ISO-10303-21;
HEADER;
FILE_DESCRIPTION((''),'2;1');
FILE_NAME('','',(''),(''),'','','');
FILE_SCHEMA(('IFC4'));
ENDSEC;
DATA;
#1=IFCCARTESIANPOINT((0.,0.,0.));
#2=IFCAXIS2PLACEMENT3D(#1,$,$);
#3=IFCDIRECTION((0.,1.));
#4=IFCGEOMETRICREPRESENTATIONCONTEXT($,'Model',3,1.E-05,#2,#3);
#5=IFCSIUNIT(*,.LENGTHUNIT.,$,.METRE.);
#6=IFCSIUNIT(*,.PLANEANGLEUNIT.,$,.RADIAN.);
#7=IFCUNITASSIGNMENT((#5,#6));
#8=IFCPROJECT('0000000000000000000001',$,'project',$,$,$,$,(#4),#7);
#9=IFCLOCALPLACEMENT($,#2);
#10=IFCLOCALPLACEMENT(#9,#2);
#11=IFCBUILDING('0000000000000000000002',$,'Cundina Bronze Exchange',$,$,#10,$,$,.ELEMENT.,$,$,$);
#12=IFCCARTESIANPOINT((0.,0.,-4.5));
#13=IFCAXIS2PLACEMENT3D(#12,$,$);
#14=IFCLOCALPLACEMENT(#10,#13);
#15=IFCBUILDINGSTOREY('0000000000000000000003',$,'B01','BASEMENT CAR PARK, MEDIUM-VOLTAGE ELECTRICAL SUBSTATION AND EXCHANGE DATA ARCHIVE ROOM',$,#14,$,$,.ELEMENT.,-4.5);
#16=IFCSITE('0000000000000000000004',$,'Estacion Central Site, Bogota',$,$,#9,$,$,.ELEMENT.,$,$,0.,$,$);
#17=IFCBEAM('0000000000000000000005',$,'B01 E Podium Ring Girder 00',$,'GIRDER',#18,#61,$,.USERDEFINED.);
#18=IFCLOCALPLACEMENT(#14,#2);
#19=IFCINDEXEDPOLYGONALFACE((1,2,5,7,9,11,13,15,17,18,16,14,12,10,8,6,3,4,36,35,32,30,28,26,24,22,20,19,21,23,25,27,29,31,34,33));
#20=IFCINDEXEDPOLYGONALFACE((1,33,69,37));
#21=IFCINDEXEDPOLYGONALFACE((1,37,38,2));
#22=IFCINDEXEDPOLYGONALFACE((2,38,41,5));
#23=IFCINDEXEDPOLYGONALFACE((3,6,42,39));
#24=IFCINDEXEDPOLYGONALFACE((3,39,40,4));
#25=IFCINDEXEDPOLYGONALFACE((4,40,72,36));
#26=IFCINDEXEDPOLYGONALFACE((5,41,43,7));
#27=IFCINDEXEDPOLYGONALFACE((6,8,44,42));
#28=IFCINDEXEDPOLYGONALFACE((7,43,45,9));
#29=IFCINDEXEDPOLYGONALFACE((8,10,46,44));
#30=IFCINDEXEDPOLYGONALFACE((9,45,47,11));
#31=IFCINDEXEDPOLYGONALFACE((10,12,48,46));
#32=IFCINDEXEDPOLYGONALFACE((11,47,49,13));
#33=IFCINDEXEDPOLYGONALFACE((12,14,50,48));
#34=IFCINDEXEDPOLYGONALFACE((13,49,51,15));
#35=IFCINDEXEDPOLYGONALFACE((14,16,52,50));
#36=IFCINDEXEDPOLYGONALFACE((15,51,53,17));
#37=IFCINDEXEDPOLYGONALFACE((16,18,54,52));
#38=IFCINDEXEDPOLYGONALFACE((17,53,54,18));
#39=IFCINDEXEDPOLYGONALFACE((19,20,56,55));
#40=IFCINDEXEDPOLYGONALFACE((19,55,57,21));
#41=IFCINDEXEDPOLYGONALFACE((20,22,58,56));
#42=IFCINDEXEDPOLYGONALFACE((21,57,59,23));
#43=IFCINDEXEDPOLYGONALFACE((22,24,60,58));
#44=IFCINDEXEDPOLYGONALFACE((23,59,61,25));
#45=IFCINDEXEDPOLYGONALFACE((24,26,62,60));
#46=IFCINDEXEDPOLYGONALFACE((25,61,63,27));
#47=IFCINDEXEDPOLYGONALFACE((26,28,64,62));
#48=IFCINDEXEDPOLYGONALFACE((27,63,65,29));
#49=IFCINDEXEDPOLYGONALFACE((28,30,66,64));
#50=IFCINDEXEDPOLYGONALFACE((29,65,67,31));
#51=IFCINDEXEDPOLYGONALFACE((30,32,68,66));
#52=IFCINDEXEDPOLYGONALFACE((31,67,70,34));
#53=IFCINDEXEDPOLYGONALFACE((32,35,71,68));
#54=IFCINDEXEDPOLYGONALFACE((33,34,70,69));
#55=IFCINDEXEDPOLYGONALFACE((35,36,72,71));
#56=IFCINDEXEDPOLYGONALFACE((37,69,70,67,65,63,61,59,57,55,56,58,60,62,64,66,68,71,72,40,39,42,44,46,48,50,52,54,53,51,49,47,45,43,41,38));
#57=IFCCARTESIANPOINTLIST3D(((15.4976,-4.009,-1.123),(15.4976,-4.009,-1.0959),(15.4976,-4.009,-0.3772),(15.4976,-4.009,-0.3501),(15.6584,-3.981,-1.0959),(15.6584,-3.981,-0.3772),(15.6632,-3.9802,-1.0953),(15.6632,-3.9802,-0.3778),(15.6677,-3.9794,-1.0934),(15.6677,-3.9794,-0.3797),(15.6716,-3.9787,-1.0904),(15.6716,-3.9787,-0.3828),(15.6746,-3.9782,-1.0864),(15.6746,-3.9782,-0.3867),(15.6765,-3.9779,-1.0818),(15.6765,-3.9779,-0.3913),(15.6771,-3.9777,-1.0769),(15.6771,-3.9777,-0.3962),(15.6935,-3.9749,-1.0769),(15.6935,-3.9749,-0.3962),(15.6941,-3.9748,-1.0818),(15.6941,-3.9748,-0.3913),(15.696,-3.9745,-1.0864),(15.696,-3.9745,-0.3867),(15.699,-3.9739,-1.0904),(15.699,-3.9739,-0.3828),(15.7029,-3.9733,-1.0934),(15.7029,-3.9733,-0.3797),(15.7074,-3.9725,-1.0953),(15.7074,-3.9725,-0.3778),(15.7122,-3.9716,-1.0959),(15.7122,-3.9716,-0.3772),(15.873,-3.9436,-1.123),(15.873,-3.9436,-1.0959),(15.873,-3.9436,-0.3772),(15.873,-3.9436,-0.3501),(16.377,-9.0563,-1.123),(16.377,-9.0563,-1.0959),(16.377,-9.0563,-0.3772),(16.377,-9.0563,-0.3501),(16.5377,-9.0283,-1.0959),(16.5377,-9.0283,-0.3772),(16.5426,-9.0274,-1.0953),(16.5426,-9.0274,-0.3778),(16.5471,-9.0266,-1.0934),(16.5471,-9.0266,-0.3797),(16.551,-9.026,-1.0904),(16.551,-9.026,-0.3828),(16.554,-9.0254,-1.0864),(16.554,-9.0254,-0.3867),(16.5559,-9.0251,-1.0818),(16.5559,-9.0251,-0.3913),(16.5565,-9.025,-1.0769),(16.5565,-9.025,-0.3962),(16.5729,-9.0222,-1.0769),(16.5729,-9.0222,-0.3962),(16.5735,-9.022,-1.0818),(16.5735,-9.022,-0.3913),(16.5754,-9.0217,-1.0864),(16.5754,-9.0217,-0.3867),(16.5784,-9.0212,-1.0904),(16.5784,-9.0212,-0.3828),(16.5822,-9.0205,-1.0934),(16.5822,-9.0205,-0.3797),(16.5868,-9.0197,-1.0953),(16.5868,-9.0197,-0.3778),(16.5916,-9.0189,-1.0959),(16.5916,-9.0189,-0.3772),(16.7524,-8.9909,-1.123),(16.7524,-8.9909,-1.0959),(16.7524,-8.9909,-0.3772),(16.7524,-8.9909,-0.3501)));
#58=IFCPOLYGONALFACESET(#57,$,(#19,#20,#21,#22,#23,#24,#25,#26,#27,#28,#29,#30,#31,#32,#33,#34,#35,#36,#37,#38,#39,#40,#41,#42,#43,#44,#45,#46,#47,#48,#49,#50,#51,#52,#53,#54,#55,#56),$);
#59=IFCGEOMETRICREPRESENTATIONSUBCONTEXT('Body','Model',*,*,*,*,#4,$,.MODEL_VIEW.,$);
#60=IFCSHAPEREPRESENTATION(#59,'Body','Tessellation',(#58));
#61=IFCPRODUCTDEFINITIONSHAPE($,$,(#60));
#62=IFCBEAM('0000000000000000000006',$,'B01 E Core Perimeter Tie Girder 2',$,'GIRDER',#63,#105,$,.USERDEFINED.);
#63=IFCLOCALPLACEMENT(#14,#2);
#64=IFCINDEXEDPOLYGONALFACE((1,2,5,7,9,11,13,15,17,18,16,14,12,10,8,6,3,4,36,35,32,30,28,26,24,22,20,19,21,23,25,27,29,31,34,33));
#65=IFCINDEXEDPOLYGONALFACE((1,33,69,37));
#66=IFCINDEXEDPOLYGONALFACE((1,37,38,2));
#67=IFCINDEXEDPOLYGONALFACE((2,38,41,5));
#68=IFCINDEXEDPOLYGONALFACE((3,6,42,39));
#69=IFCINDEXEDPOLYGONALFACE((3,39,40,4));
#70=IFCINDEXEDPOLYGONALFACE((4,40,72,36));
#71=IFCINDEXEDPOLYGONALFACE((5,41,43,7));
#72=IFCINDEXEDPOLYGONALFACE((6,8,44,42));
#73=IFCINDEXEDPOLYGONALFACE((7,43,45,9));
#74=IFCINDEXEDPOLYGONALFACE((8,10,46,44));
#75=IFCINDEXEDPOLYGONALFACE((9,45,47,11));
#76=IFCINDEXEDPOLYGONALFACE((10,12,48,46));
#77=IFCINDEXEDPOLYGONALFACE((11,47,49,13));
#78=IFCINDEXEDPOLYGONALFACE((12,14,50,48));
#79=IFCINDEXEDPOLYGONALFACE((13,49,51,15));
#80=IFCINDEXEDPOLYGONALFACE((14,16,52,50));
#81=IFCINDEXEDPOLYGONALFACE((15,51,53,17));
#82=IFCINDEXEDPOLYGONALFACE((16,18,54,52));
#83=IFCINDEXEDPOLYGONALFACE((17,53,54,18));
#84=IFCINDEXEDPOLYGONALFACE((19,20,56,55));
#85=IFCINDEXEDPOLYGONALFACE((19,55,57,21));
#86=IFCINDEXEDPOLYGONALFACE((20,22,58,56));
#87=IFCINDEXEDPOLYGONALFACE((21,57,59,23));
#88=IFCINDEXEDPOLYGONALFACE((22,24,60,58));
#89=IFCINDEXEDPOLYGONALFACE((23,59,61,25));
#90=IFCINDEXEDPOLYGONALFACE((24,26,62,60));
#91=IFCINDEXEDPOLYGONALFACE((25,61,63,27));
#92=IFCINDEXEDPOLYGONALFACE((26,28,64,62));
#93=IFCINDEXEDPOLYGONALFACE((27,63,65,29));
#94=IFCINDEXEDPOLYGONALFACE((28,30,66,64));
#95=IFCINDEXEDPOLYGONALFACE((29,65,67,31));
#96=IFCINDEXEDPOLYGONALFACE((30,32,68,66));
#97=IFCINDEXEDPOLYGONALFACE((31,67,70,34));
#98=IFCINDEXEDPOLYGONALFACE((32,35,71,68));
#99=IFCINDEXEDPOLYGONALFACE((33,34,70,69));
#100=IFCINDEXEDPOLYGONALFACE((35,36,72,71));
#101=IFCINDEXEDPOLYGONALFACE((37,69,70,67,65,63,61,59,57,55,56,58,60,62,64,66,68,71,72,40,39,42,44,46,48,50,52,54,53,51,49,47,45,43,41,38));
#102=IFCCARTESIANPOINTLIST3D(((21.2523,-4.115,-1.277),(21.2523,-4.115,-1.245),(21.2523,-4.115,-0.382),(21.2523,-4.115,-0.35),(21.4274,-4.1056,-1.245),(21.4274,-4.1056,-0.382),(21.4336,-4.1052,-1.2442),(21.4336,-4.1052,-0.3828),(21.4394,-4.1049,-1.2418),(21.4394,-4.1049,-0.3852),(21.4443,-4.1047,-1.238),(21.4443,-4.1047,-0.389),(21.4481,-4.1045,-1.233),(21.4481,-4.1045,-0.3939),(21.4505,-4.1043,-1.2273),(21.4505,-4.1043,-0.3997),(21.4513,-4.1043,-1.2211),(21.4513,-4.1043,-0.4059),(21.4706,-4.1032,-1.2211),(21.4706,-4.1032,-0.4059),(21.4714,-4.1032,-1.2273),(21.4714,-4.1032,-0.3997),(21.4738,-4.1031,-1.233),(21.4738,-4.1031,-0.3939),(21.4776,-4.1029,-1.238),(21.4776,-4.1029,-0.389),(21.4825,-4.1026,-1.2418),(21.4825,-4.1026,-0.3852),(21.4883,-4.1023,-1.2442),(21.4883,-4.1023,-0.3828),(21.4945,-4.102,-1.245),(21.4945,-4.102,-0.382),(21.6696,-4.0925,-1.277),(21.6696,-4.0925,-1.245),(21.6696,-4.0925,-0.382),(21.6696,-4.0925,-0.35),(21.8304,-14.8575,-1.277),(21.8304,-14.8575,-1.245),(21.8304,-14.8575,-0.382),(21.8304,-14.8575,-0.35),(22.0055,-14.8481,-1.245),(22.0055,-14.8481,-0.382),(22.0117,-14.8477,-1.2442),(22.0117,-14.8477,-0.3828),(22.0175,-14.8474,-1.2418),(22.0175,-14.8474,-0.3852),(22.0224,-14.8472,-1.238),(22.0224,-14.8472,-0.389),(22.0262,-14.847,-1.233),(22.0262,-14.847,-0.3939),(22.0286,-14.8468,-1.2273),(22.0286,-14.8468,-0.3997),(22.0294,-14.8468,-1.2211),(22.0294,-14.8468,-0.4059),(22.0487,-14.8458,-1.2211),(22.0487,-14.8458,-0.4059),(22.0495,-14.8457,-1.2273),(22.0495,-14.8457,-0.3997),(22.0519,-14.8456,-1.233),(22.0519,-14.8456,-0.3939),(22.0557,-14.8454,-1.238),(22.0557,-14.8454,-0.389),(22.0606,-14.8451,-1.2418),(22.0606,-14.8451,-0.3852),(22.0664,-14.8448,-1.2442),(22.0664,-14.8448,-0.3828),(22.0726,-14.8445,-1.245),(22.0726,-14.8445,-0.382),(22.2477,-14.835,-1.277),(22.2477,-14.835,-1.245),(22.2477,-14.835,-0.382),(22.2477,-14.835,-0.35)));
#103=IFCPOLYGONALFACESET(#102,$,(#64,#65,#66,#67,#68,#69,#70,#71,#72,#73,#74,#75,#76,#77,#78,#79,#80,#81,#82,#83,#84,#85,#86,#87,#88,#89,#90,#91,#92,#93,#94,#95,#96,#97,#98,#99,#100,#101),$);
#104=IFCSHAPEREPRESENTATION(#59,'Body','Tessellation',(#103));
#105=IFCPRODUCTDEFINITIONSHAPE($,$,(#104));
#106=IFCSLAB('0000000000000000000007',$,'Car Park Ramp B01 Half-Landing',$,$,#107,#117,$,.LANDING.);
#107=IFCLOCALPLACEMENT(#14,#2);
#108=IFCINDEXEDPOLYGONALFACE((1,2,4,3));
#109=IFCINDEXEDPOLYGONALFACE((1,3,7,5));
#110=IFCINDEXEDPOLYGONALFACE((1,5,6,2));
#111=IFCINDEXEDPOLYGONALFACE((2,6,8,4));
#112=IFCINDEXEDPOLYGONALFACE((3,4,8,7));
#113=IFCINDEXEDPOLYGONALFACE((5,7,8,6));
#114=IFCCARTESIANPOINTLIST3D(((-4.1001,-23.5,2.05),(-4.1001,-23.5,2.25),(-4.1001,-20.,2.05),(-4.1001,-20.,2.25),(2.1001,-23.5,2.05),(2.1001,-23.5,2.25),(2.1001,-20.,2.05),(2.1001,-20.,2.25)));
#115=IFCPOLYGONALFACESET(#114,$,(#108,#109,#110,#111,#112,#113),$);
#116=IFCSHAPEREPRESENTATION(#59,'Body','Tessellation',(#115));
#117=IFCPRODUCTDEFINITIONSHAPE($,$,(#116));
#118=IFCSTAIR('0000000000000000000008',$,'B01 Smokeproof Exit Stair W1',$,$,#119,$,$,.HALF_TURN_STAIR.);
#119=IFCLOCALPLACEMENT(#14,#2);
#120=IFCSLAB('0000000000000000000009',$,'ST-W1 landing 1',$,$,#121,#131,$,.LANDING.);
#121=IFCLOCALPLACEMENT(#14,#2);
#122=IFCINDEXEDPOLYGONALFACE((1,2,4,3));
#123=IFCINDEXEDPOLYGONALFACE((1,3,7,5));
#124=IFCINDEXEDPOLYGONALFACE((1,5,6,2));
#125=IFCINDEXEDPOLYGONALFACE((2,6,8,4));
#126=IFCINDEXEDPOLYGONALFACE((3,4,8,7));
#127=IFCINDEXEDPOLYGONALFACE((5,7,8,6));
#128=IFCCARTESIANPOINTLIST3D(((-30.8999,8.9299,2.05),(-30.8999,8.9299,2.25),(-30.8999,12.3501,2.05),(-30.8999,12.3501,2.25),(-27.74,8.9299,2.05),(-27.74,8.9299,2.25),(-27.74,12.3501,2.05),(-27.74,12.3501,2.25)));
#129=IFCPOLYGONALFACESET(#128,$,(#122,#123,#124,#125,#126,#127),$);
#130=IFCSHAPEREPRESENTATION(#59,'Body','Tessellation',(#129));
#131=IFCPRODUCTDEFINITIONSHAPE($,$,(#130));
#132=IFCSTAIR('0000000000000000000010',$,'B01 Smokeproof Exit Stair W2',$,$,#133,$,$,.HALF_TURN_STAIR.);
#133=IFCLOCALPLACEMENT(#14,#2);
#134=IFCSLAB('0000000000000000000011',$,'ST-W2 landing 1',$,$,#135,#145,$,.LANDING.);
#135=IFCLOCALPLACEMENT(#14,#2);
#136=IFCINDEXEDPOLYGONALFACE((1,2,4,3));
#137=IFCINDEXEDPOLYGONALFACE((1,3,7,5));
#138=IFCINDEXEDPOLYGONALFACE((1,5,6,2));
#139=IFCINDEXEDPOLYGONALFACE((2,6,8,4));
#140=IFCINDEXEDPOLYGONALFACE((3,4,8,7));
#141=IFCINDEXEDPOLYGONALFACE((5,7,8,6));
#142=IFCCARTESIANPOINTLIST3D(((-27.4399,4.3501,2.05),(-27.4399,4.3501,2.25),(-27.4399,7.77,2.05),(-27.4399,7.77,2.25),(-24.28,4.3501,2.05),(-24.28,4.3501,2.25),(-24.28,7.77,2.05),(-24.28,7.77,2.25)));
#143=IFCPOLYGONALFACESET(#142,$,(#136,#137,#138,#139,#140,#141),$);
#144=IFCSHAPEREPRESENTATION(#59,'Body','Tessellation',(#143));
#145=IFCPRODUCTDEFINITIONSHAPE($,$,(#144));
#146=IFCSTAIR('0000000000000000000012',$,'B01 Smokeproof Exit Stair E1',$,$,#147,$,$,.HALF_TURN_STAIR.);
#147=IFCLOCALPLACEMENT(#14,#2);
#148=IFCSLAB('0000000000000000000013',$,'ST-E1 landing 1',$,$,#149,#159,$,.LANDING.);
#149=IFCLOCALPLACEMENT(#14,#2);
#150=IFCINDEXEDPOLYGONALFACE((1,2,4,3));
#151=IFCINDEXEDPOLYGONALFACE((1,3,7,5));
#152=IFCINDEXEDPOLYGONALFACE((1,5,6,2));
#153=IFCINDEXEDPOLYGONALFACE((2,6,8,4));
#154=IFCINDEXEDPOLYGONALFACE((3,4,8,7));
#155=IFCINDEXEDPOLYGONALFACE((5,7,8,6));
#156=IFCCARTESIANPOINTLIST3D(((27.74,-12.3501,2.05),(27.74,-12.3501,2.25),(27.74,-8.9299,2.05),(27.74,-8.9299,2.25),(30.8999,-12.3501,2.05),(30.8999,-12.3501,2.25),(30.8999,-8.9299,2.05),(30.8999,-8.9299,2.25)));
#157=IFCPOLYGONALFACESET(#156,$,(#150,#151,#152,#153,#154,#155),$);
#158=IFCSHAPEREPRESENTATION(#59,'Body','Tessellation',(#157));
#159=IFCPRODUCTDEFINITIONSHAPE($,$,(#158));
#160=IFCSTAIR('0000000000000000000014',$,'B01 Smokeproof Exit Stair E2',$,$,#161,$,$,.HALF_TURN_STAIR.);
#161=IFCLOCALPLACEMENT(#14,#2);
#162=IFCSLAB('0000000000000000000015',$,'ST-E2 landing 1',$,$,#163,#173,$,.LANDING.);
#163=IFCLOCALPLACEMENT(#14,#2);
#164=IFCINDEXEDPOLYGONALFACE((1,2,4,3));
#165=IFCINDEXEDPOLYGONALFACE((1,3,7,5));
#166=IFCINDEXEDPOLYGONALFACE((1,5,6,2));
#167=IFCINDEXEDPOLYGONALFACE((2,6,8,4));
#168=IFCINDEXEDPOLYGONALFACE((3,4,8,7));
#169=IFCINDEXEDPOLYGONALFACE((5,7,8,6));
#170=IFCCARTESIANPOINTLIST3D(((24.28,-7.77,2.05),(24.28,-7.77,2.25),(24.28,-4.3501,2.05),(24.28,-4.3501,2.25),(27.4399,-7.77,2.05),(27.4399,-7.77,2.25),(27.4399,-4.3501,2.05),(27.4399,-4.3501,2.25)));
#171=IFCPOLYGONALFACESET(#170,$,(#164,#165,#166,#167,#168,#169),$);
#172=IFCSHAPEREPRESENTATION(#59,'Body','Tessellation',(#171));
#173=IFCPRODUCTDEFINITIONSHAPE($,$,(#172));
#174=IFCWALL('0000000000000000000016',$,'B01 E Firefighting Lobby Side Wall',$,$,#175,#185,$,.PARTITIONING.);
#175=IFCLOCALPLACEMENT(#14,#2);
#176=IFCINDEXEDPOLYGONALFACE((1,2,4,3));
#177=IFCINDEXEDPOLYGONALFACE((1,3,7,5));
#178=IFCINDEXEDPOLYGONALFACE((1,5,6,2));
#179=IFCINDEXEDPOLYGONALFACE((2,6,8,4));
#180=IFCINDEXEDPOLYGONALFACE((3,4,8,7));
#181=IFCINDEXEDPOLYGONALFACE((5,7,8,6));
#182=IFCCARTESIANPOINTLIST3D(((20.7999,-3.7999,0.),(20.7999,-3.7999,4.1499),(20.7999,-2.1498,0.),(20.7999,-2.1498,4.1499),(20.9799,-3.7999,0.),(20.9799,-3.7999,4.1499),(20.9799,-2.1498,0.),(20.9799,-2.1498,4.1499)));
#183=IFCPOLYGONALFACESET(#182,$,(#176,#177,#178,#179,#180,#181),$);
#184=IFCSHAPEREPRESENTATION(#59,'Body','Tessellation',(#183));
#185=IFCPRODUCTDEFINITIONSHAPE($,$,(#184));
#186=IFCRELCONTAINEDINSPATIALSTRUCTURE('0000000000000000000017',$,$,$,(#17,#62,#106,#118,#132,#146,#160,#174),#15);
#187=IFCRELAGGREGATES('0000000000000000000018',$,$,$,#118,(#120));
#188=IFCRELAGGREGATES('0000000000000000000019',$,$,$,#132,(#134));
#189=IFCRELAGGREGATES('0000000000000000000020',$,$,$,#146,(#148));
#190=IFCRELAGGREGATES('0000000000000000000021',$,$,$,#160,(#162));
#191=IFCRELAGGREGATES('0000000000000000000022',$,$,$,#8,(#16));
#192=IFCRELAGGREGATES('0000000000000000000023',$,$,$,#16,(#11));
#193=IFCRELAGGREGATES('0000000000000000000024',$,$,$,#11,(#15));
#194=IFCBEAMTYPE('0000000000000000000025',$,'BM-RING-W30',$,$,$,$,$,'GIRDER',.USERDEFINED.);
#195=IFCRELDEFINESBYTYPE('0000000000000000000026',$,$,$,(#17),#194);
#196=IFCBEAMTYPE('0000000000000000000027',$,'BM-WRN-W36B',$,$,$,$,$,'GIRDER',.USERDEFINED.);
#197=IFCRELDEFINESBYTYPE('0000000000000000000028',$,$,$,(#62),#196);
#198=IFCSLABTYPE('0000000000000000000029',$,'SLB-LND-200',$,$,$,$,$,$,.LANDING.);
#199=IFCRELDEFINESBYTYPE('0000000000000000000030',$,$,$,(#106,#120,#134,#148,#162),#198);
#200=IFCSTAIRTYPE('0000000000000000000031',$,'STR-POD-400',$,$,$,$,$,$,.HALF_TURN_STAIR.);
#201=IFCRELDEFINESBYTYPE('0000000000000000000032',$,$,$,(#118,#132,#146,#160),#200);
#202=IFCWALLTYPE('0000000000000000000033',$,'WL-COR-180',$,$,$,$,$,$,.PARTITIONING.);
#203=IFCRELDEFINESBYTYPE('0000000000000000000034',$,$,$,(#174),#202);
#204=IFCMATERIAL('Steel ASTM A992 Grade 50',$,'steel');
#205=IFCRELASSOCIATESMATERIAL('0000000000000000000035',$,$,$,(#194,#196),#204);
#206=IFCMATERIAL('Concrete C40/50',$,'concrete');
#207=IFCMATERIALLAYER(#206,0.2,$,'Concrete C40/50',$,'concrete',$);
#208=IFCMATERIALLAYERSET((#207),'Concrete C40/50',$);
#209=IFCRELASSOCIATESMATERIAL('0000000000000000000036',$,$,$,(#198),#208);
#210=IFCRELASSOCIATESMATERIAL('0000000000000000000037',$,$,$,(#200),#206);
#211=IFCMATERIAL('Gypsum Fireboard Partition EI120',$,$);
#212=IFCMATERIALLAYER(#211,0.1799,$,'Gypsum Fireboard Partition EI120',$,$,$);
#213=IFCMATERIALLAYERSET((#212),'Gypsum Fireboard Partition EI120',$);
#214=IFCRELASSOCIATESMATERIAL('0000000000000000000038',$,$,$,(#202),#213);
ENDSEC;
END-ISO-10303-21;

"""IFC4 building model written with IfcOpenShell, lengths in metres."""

from ifc_helpers import new_model, si_unit, direction, frame, frame_2d, origin, origin_2d, place, context, subcontext, project, spatial, polyline, rectangle, i_section, outline, extrude, material, layer, layer_set, material_profile, profile_set, type_object, element, aggregate, save


model = new_model("IFC4")

# Units and contexts
model_context = context("Model", 3, precision=1e-05, world=origin(), true_north=direction((0.0, 1.0)))
body_context = subcontext(model_context, "Body", "Model", "MODEL_VIEW")
ifc_project = project(units=[si_unit("LENGTHUNIT", "METRE"), si_unit("PLANEANGLEUNIT", "RADIAN")], contexts=[model_context])

# Site, building, storey
site_placement = place(None, origin())
site = spatial("IfcSite", under=ifc_project, at=site_placement, Name="Estacion Central Site, Bogota", CompositionType="ELEMENT", RefElevation=0.0)
building_placement = place(site_placement, origin())
building = spatial("IfcBuilding", under=site, at=building_placement, Name="Cundina Bronze Exchange", CompositionType="ELEMENT")
storey_placement = place(building_placement, frame((0.0, 0.0, -4.5)))
storey = spatial("IfcBuildingStorey", under=building, at=storey_placement, Name="B01", Description="BASEMENT CAR PARK, MEDIUM-VOLTAGE ELECTRICAL SUBSTATION AND EXCHANGE DATA ARCHIVE ROOM", CompositionType="ELEMENT", Elevation=-4.5)

# Shared definitions
ifc_material_1 = material(Name="Steel ASTM A992 Grade 50", Category="steel")

# Beams
ifc_material_profile_1 = material_profile(ifc_material_1, i_section(OverallWidth=0.3811, OverallDepth=0.7729, WebThickness=0.0166, FlangeThickness=0.0271, FilletRadius=0.019, at=origin_2d()), Name="W30X173", Category="steel")
ifc_profile_set_1 = profile_set([ifc_material_profile_1], Name="Steel ASTM A992 Grade 50")
beam_type_1 = type_object("IfcBeamType", Name="BM-RING-W30", ElementType="GIRDER", PredefinedType="USERDEFINED", material=ifc_profile_set_1)
beam_1_placement = place(storey_placement, frame((15.6853, -3.9763, -0.7366), z_axis=(0.171643, -0.985159, 0.0), x_axis=(0.985159, 0.171643, 0.0)))
element("IfcBeam", 1, at=beam_1_placement, inside=storey, type_object=beam_type_1, Name="B01 E Podium Ring Girder 00", ObjectType="GIRDER", PredefinedType="USERDEFINED", context=body_context, shape_type="SweptSolid", body=[
    extrude(i_section(OverallWidth=0.3811, OverallDepth=0.7729, WebThickness=0.0166, FlangeThickness=0.0271, FilletRadius=0.019, at=origin_2d()), origin(), (0.0, 0.0, 1.0), 5.1233),
])
ifc_material_profile_2 = material_profile(ifc_material_1, i_section(OverallWidth=0.418, OverallDepth=0.927, WebThickness=0.0193, FlangeThickness=0.032, FilletRadius=0.0239, at=origin_2d()), Name="W36X231", Category="steel")
ifc_profile_set_2 = profile_set([ifc_material_profile_2], Name="Steel ASTM A992 Grade 50")
beam_type_2 = type_object("IfcBeamType", Name="BM-WRN-W36B", ElementType="GIRDER", PredefinedType="USERDEFINED", material=ifc_profile_set_2)
beam_2_placement = place(storey_placement, frame((21.4609, -4.1038, -0.8135), z_axis=(0.053739, -0.998555, 0.0), x_axis=(0.998555, 0.053739, 0.0)))
element("IfcBeam", 2, at=beam_2_placement, inside=storey, type_object=beam_type_2, Name="B01 E Core Perimeter Tie Girder 2", ObjectType="GIRDER", PredefinedType="USERDEFINED", context=body_context, shape_type="SweptSolid", body=[
    extrude(i_section(OverallWidth=0.418, OverallDepth=0.927, WebThickness=0.0193, FlangeThickness=0.032, FilletRadius=0.0239, at=origin_2d()), origin(), (0.0, 0.0, 1.0), 10.7581),
])

# Slab
ifc_material_2 = material(Name="Concrete C40/50", Category="concrete")
ifc_layer_1 = layer(ifc_material_2, 0.2, Name="Concrete C40/50", Category="concrete")
ifc_layer_set_1 = layer_set([ifc_layer_1], Name="Concrete C40/50")
slab_type = type_object("IfcSlabType", Name="SLB-LND-200", PredefinedType="LANDING", material=ifc_layer_set_1)
slab_1_placement = place(storey_placement, frame((0.0, 0.0, 2.05)))
element("IfcSlab", 3, at=slab_1_placement, inside=storey, type_object=slab_type, Name="Car Park Ramp B01 Half-Landing", PredefinedType="LANDING", context=body_context, shape_type="SweptSolid", body=[
    extrude(outline(polyline([(-4.1001, -23.5), (2.1001, -23.5), (2.1001, -20.0), (-4.1001, -20.0), (-4.1001, -23.5)])), origin(), (0.0, 0.0, 1.0), 0.2),
])

# Stairs, slabs
stair_type = type_object("IfcStairType", Name="STR-POD-400", PredefinedType="HALF_TURN_STAIR", material=ifc_material_2)
stair_1_placement = place(storey_placement, origin())
stair_1 = element("IfcStair", 4, at=stair_1_placement, inside=storey, type_object=stair_type, Name="B01 Smokeproof Exit Stair W1", PredefinedType="HALF_TURN_STAIR")
slab_2_placement = place(storey_placement, frame((0.0, 0.0, 2.05)))
slab_2 = element("IfcSlab", 5, at=slab_2_placement, type_object=slab_type, Name="ST-W1 landing 1", PredefinedType="LANDING", context=body_context, shape_type="SweptSolid", body=[
    extrude(outline(polyline([(-27.74, 8.9299), (-27.74, 12.3501), (-30.8999, 12.3501), (-30.8999, 8.9299), (-27.74, 8.9299)])), origin(), (0.0, 0.0, 1.0), 0.2),
])
aggregate(stair_1, [slab_2])
stair_2_placement = place(storey_placement, origin())
stair_2 = element("IfcStair", 6, at=stair_2_placement, inside=storey, type_object=stair_type, Name="B01 Smokeproof Exit Stair W2", PredefinedType="HALF_TURN_STAIR")
slab_3_placement = place(storey_placement, frame((0.0, 0.0, 2.05)))
slab_3 = element("IfcSlab", 7, at=slab_3_placement, type_object=slab_type, Name="ST-W2 landing 1", PredefinedType="LANDING", context=body_context, shape_type="SweptSolid", body=[
    extrude(outline(polyline([(-27.4399, 7.77), (-27.4399, 4.3501), (-24.28, 4.3501), (-24.28, 7.77), (-27.4399, 7.77)])), origin(), (0.0, 0.0, 1.0), 0.2),
])
aggregate(stair_2, [slab_3])
stair_3_placement = place(storey_placement, origin())
stair_3 = element("IfcStair", 8, at=stair_3_placement, inside=storey, type_object=stair_type, Name="B01 Smokeproof Exit Stair E1", PredefinedType="HALF_TURN_STAIR")
slab_4_placement = place(storey_placement, frame((0.0, 0.0, 2.05)))
slab_4 = element("IfcSlab", 9, at=slab_4_placement, type_object=slab_type, Name="ST-E1 landing 1", PredefinedType="LANDING", context=body_context, shape_type="SweptSolid", body=[
    extrude(outline(polyline([(27.74, -8.9299), (27.74, -12.3501), (30.8999, -12.3501), (30.8999, -8.9299), (27.74, -8.9299)])), origin(), (0.0, 0.0, 1.0), 0.2),
])
aggregate(stair_3, [slab_4])
stair_4_placement = place(storey_placement, origin())
stair_4 = element("IfcStair", 10, at=stair_4_placement, inside=storey, type_object=stair_type, Name="B01 Smokeproof Exit Stair E2", PredefinedType="HALF_TURN_STAIR")
slab_5_placement = place(storey_placement, frame((0.0, 0.0, 2.05)))
slab_5 = element("IfcSlab", 11, at=slab_5_placement, type_object=slab_type, Name="ST-E2 landing 1", PredefinedType="LANDING", context=body_context, shape_type="SweptSolid", body=[
    extrude(outline(polyline([(27.4399, -7.77), (27.4399, -4.3501), (24.28, -4.3501), (24.28, -7.77), (27.4399, -7.77)])), origin(), (0.0, 0.0, 1.0), 0.2),
])
aggregate(stair_4, [slab_5])

# Wall
ifc_material_3 = material(Name="Gypsum Fireboard Partition EI120")
ifc_layer_2 = layer(ifc_material_3, 0.1799, Name="Gypsum Fireboard Partition EI120")
ifc_layer_set_2 = layer_set([ifc_layer_2], Name="Gypsum Fireboard Partition EI120")
wall_type_1 = type_object("IfcWallType", Name="WL-COR-180", PredefinedType="PARTITIONING", material=ifc_layer_set_2)
wall_1_placement = place(storey_placement, frame((20.8899, -3.8, 0.0), z_axis=(0.0, 0.0, 1.0), x_axis=(0.0, 1.0, 0.0)))
element("IfcWall", 12, at=wall_1_placement, inside=storey, type_object=wall_type_1, Name="B01 E Firefighting Lobby Side Wall", PredefinedType="PARTITIONING", context=body_context, shape_type="SweptSolid", body=[
    extrude(rectangle(XDim=1.6501, YDim=0.1799, at=frame_2d((0.8252, 0.0))), origin(), (0.0, 0.0, 1.0), 4.1499),
])

save(model, "model.ifc")
